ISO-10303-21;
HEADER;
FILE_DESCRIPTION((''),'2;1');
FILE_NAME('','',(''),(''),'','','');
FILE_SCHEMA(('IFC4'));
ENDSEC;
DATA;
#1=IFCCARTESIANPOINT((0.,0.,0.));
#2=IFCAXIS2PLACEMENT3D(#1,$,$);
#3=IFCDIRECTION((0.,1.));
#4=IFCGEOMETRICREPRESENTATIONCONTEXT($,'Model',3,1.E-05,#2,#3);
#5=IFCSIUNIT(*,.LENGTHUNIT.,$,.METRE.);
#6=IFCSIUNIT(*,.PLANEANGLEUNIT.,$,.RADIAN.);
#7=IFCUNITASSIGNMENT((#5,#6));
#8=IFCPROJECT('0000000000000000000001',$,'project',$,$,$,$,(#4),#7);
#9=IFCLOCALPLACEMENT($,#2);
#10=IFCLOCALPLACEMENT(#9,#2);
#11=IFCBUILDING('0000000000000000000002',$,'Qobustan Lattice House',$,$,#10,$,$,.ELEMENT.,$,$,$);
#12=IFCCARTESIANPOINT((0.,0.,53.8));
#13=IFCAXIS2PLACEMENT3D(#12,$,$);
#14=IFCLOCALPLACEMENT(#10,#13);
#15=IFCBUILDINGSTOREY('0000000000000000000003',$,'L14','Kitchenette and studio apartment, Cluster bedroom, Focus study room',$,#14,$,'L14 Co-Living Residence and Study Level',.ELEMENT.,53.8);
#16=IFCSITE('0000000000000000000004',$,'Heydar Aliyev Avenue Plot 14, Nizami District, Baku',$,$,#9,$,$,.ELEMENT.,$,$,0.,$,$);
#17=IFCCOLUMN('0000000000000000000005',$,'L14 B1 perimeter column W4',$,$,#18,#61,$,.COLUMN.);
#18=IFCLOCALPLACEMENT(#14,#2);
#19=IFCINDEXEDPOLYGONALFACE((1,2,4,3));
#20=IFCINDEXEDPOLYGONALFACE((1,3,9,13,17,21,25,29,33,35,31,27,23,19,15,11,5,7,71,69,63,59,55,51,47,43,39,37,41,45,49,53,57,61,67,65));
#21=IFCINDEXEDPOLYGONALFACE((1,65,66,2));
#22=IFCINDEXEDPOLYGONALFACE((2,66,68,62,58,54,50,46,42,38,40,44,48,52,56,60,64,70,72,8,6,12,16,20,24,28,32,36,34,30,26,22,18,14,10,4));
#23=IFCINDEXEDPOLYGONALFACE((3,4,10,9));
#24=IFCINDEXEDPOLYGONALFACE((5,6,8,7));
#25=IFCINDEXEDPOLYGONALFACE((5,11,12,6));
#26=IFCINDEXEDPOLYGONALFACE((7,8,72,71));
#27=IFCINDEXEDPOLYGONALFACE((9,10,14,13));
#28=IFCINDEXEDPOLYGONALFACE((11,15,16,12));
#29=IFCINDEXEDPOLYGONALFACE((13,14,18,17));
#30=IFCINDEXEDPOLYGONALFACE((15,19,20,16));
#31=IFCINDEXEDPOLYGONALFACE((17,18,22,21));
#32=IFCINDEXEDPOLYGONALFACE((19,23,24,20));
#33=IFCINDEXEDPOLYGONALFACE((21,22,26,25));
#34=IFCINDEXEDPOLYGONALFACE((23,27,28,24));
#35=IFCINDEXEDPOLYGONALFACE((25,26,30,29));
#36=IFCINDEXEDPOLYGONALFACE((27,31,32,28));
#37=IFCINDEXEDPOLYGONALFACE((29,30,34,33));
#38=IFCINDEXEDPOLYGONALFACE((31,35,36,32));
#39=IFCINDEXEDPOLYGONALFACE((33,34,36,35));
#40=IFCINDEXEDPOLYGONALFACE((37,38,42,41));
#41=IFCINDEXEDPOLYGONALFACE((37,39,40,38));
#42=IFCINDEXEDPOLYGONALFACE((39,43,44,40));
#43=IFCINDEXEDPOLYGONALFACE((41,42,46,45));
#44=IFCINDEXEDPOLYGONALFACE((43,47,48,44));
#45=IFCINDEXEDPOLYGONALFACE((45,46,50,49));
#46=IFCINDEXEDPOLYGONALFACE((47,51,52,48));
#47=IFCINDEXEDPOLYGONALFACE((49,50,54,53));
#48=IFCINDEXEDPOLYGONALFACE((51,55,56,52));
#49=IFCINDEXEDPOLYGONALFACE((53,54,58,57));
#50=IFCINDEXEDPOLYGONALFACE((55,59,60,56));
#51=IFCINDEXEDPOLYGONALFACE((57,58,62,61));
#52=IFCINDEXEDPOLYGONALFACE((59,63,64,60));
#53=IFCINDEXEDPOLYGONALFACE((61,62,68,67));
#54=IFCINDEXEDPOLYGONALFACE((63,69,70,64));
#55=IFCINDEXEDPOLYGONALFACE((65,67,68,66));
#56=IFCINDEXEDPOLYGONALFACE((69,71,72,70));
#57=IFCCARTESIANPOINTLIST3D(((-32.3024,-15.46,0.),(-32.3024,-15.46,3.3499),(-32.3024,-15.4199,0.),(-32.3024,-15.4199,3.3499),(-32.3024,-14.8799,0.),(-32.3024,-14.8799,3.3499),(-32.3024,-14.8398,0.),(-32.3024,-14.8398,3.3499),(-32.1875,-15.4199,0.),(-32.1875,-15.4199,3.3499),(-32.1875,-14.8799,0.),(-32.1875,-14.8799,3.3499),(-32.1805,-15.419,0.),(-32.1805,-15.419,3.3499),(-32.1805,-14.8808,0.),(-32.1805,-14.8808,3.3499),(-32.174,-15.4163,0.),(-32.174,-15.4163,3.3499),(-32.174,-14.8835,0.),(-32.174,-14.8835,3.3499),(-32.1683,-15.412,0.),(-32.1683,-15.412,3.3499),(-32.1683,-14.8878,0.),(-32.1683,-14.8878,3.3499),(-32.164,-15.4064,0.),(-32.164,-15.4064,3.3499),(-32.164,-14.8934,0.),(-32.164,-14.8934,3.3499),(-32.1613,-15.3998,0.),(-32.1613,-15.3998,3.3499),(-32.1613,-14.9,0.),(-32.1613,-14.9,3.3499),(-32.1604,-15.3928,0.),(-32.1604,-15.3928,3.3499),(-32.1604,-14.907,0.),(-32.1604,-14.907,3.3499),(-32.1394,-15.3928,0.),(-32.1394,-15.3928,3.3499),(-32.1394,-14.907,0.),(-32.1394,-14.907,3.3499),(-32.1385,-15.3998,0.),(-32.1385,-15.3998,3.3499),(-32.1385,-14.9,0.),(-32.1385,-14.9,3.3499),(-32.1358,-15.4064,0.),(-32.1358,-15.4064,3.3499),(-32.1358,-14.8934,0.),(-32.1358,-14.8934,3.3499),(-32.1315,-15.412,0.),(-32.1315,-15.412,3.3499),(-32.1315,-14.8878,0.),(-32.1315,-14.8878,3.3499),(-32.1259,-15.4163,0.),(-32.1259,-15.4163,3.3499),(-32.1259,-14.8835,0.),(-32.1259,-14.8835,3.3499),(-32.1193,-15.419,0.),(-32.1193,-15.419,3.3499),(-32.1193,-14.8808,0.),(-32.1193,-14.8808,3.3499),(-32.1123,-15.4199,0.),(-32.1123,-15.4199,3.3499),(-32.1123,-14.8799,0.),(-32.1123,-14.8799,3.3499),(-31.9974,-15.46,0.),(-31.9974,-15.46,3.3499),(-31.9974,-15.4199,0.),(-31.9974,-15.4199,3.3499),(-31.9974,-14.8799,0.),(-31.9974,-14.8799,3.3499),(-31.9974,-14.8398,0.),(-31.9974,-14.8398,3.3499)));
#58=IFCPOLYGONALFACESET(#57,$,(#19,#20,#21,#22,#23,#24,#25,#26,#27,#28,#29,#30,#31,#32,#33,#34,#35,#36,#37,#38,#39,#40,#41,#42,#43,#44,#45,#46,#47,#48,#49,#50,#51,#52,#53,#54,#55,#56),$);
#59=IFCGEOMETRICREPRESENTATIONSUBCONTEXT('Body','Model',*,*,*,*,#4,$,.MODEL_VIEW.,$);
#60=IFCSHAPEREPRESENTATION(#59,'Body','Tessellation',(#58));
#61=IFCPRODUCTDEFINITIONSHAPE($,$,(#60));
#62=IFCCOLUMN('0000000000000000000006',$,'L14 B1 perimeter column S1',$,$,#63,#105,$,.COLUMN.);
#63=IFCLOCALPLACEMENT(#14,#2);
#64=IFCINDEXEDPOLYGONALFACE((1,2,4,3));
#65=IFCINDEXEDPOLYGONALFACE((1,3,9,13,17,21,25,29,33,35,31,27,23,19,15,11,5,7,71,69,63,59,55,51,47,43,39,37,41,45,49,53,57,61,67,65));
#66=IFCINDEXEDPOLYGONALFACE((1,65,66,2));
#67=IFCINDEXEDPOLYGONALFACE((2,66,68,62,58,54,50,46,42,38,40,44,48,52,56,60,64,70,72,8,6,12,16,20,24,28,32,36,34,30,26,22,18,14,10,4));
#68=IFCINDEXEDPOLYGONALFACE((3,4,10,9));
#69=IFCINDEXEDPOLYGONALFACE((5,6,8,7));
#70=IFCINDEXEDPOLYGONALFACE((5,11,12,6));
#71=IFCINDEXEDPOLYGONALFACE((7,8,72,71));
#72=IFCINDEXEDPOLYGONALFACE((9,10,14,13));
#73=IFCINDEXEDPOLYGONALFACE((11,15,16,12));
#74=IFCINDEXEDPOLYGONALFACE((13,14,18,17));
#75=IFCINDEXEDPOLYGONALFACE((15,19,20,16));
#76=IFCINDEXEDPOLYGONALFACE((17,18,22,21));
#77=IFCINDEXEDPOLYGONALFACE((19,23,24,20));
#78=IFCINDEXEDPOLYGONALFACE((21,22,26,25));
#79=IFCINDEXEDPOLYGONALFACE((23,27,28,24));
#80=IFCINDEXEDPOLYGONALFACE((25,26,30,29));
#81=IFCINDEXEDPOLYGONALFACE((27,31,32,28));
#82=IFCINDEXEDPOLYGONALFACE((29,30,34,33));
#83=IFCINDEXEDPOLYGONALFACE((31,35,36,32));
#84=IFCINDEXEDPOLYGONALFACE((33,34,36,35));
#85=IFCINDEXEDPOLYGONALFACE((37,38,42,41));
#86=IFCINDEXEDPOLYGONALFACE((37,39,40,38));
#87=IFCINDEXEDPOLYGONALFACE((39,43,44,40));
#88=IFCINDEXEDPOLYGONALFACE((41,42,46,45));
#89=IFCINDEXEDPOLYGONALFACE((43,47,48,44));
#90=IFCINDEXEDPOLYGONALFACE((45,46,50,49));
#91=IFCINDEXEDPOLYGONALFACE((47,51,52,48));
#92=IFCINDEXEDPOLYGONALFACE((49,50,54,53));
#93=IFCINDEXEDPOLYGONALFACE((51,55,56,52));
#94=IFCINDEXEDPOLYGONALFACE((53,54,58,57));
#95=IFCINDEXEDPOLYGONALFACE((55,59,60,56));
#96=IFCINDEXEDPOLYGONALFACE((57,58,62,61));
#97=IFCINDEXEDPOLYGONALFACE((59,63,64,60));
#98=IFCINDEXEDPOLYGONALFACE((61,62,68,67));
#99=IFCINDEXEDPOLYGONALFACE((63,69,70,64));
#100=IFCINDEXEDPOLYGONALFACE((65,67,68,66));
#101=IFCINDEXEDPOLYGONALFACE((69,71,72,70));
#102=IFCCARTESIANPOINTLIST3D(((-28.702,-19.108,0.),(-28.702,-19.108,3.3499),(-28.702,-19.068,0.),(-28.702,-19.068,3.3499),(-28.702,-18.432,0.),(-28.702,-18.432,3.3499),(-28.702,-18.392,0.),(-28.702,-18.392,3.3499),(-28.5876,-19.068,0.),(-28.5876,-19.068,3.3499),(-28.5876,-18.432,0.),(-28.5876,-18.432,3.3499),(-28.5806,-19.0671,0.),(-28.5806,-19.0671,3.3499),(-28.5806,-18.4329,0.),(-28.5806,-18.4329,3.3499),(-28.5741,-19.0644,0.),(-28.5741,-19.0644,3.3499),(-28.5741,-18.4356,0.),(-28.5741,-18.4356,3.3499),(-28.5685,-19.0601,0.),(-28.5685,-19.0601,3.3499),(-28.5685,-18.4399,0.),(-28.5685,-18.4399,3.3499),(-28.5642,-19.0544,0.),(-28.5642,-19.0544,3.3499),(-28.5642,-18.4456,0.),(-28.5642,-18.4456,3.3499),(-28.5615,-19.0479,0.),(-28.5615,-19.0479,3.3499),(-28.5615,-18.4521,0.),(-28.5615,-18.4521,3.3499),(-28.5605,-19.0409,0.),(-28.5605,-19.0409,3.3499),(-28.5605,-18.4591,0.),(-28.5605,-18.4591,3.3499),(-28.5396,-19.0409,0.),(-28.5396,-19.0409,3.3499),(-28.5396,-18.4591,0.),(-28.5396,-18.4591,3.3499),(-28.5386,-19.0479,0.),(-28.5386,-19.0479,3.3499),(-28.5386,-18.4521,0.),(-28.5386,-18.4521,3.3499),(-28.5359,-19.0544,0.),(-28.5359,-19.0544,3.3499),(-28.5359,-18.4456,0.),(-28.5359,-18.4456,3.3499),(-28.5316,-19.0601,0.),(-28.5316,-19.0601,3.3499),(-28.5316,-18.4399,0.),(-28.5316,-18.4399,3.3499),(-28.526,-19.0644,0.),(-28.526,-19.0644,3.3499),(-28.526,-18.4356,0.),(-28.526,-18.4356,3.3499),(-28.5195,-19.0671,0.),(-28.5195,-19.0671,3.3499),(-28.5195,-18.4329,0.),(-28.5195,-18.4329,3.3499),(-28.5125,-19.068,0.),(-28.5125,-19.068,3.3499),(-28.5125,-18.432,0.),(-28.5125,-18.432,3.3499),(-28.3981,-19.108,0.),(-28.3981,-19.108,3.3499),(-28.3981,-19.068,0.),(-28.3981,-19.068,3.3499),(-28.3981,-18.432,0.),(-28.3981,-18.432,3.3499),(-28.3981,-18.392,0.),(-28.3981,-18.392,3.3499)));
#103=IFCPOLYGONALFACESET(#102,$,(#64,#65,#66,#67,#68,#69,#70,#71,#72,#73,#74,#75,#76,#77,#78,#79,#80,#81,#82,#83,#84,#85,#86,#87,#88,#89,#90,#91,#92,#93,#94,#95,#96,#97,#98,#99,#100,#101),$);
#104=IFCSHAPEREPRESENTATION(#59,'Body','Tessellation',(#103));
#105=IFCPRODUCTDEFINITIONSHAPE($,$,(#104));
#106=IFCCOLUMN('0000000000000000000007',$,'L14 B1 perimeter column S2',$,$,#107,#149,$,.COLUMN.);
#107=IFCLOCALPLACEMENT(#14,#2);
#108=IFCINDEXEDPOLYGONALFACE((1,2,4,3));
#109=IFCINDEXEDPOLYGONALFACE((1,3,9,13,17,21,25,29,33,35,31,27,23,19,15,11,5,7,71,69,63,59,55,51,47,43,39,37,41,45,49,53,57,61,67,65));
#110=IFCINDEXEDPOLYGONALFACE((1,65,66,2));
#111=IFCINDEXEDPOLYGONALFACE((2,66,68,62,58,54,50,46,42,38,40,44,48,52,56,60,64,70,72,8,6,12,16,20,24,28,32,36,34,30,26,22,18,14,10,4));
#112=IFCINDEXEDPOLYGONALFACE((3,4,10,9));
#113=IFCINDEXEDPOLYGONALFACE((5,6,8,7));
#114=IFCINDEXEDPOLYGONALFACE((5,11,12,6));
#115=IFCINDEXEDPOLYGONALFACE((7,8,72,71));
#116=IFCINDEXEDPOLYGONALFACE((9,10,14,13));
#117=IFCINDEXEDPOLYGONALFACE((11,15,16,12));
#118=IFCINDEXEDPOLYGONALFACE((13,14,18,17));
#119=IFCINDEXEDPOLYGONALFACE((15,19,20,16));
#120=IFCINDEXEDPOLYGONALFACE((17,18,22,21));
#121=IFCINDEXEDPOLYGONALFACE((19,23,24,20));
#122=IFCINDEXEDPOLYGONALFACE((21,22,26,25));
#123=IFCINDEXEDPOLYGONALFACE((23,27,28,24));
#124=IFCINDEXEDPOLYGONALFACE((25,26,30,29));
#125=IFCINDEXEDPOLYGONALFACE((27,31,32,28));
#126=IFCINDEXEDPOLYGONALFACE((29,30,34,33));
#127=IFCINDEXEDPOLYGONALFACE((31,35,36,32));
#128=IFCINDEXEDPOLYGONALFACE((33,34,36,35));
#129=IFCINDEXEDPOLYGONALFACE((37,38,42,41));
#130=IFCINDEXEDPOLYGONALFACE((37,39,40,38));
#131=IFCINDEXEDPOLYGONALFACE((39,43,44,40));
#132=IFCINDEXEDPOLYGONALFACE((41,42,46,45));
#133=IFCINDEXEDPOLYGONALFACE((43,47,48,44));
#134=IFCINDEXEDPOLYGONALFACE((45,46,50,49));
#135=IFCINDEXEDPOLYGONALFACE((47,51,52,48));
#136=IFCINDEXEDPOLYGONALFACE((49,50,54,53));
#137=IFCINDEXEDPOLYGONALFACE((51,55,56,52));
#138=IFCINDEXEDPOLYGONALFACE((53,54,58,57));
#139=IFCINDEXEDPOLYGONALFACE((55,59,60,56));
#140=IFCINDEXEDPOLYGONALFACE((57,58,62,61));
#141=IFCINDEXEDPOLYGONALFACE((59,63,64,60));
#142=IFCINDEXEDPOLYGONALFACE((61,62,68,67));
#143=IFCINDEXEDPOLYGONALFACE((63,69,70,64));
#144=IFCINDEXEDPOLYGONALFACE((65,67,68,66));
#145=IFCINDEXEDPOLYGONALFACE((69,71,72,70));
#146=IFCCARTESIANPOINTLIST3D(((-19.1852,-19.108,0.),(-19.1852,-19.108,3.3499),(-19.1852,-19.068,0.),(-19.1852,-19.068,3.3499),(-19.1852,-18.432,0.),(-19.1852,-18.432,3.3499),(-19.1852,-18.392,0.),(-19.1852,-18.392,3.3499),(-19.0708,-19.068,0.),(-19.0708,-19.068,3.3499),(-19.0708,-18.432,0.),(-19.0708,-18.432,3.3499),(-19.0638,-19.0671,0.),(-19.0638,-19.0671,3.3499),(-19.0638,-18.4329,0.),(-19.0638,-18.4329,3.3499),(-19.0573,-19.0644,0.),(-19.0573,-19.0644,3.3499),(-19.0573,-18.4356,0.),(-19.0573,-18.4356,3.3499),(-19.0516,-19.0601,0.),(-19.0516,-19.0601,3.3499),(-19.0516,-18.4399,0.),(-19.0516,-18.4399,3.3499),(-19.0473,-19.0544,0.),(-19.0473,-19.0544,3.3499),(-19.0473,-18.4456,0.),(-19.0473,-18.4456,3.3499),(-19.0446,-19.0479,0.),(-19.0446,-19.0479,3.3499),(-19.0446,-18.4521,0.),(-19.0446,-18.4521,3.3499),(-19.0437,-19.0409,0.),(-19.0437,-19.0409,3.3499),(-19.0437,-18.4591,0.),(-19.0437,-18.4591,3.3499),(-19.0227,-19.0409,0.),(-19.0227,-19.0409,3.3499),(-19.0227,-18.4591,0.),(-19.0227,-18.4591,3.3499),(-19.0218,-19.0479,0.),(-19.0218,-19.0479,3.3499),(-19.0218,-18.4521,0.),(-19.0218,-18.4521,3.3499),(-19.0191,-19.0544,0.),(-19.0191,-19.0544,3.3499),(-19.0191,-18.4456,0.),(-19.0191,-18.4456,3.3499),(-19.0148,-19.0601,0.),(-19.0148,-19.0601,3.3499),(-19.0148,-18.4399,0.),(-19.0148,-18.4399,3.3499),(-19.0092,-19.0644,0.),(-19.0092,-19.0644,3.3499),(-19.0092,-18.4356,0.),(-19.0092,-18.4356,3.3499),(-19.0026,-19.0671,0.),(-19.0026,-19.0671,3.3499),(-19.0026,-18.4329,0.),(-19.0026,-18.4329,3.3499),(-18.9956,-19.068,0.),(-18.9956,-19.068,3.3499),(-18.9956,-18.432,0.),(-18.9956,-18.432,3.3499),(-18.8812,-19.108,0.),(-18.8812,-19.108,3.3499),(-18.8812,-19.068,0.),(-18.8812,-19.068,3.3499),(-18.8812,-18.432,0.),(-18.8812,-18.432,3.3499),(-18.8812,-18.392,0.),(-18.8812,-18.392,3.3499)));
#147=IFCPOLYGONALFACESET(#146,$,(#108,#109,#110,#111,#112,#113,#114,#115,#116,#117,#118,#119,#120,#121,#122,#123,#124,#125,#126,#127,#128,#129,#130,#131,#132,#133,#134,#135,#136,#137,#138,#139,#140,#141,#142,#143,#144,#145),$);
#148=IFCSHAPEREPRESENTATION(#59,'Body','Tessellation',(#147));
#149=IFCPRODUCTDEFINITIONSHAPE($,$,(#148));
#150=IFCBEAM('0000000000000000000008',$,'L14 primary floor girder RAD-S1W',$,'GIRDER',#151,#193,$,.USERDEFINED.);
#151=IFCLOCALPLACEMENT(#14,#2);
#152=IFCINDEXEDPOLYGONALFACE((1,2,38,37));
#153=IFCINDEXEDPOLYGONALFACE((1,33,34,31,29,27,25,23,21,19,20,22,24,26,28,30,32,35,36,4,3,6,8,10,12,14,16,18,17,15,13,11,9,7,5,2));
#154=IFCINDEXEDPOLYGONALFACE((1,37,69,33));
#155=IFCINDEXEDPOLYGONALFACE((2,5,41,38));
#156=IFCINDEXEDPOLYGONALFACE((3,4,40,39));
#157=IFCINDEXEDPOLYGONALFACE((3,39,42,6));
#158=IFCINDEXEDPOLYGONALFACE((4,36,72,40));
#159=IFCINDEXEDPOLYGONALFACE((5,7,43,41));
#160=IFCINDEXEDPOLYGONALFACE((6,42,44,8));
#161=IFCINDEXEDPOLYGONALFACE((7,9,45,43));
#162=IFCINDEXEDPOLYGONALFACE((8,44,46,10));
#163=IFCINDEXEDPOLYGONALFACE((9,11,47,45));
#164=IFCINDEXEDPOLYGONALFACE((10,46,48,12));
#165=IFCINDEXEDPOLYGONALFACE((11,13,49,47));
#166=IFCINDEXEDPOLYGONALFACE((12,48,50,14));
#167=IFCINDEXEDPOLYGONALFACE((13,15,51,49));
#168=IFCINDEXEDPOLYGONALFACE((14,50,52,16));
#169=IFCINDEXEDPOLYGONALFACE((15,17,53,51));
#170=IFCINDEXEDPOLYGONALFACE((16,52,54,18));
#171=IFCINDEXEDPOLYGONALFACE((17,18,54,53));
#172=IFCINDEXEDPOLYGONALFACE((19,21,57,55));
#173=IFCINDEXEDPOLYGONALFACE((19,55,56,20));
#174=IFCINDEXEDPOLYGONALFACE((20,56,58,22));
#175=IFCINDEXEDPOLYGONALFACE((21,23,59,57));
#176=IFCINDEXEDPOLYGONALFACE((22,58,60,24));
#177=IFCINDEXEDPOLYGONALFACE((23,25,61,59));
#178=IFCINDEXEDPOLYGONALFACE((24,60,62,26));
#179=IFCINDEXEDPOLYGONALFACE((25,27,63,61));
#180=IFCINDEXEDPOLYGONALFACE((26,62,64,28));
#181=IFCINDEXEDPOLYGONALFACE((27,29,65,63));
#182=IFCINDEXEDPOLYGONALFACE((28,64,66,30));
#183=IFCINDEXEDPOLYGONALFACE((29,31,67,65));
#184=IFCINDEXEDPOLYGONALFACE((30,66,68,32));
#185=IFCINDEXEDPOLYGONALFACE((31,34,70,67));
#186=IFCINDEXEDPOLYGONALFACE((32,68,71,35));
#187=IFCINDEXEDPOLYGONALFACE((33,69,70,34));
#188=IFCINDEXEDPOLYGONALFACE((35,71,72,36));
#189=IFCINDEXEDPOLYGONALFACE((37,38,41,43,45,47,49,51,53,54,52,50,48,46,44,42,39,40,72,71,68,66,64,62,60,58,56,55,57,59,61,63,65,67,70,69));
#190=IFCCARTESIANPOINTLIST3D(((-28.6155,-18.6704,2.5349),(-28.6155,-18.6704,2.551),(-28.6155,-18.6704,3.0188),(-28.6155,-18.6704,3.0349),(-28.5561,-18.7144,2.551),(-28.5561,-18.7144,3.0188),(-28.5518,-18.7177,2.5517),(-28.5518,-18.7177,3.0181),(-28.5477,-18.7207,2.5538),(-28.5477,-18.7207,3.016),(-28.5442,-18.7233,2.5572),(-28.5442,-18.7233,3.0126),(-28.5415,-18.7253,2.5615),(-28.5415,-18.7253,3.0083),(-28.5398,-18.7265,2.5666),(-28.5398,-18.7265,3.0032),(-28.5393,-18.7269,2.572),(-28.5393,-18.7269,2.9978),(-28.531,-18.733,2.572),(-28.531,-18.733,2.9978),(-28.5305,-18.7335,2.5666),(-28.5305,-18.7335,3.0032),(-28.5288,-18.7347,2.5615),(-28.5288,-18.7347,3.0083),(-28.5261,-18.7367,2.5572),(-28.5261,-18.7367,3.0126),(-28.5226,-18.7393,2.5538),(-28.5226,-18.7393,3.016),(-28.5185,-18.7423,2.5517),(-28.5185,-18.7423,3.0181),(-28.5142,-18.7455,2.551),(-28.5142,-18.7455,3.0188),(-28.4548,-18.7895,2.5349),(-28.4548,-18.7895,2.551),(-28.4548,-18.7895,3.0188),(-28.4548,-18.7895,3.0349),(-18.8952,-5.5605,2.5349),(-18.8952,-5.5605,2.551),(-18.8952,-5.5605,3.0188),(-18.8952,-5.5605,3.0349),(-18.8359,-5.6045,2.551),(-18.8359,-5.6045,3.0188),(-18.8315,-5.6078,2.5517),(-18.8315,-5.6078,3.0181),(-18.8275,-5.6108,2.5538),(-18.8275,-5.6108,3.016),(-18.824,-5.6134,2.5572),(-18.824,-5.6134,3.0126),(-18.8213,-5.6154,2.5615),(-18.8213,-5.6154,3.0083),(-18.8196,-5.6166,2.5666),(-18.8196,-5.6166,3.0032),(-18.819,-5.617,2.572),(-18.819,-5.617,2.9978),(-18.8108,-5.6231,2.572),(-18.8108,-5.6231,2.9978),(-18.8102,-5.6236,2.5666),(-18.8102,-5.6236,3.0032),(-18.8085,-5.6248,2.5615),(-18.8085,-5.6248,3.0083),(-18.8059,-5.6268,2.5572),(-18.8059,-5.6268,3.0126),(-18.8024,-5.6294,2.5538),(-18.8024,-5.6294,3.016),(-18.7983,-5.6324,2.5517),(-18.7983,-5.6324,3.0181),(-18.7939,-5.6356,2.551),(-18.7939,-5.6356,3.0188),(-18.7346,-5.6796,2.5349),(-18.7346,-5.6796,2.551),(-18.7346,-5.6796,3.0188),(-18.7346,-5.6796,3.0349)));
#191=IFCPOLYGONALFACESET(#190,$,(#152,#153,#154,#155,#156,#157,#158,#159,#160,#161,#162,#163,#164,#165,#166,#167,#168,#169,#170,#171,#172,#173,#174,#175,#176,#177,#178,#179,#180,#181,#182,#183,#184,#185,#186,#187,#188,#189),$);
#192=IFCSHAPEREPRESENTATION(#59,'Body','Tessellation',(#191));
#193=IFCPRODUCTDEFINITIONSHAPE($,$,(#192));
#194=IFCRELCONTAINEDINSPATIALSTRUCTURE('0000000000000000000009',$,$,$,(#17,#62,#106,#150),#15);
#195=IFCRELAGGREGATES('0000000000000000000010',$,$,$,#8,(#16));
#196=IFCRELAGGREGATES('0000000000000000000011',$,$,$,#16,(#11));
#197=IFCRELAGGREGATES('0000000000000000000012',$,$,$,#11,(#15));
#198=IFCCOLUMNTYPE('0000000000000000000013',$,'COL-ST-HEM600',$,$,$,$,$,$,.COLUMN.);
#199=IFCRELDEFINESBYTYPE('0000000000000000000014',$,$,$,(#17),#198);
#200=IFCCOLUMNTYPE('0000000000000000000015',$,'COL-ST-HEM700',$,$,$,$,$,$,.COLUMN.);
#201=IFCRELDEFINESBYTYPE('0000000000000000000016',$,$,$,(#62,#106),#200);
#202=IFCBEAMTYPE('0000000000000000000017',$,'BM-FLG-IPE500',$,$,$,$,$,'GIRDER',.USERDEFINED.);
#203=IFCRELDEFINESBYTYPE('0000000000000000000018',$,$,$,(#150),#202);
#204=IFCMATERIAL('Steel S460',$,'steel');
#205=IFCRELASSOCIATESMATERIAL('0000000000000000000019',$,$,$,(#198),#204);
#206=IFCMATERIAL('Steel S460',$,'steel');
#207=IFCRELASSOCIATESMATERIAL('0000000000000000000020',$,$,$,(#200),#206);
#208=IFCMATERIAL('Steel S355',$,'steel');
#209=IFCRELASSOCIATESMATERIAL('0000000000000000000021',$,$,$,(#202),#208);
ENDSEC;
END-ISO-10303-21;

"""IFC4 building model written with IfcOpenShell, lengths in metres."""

from ifc_helpers import new_model, si_unit, direction, frame, origin, origin_2d, place, context, subcontext, project, spatial, i_section, extrude, material, material_profile, profile_set, type_object, element, save


model = new_model("IFC4")

# Units and contexts
model_context = context("Model", 3, precision=1e-05, world=origin(), true_north=direction((0.0, 1.0)))
body_context = subcontext(model_context, "Body", "Model", "MODEL_VIEW")
ifc_project = project(units=[si_unit("LENGTHUNIT", "METRE"), si_unit("PLANEANGLEUNIT", "RADIAN")], contexts=[model_context])

# Site, building, storey
site_placement = place(None, origin())
site = spatial("IfcSite", under=ifc_project, at=site_placement, Name="Heydar Aliyev Avenue Plot 14, Nizami District, Baku", CompositionType="ELEMENT", RefElevation=0.0)
building_placement = place(site_placement, origin())
building = spatial("IfcBuilding", under=site, at=building_placement, Name="Qobustan Lattice House", CompositionType="ELEMENT")
storey_placement = place(building_placement, frame((0.0, 0.0, 53.8)))
storey = spatial("IfcBuildingStorey", under=building, at=storey_placement, Name="L14", Description="Kitchenette and studio apartment, Cluster bedroom, Focus study room", LongName="L14 Co-Living Residence and Study Level", CompositionType="ELEMENT", Elevation=53.8)

# Columns
ifc_material_1 = material(Name="Steel S460", Category="steel")
ifc_material_profile_1 = material_profile(ifc_material_1, i_section(OverallWidth=0.3049, OverallDepth=0.6201, WebThickness=0.021, FlangeThickness=0.04, FilletRadius=0.0271, at=origin_2d()), Name="HEM600")
ifc_profile_set_1 = profile_set([ifc_material_profile_1], Name="Steel S460")
column_type_1 = type_object("IfcColumnType", Name="COL-ST-HEM600", PredefinedType="COLUMN", material=ifc_profile_set_1)
column_placement = place(storey_placement, frame((-32.1499, -15.1499, 0.0), z_axis=(0.0, 0.0, 1.0), x_axis=(1.0, 0.0, 0.0)))
element("IfcColumn", 1, at=column_placement, inside=storey, type_object=column_type_1, Name="L14 B1 perimeter column W4", PredefinedType="COLUMN", context=body_context, shape_type="SweptSolid", body=[
    extrude(i_section(OverallWidth=0.3049, OverallDepth=0.6201, WebThickness=0.021, FlangeThickness=0.04, FilletRadius=0.0271, at=origin_2d()), origin(), (0.0, 0.0, 1.0), 3.3499),
])
ifc_material_2 = material(Name="Steel S460", Category="steel")
ifc_material_profile_2 = material_profile(ifc_material_2, i_section(OverallWidth=0.304, OverallDepth=0.7161, WebThickness=0.021, FlangeThickness=0.04, FilletRadius=0.0271, at=origin_2d()), Name="HEM700")
ifc_profile_set_2 = profile_set([ifc_material_profile_2], Name="Steel S460")
column_type_2 = type_object("IfcColumnType", Name="COL-ST-HEM700", PredefinedType="COLUMN", material=ifc_profile_set_2)
for number, where, z_axis, x_axis, name in (
    (2, (-28.55, -18.75, 0.0), (0.0, 0.0, 1.0), (1.0, 0.0, 0.0), "L14 B1 perimeter column S1"),
    (3, (-19.0332, -18.75, 0.0), (0.0, 0.0, 1.0), (1.0, 0.0, 0.0), "L14 B1 perimeter column S2"),
):
    element("IfcColumn", number, at=place(storey_placement, frame(where, z_axis=z_axis, x_axis=x_axis)), inside=storey, type_object=column_type_2, Name=name, PredefinedType="COLUMN", context=body_context, shape_type="SweptSolid", body=[
        extrude(i_section(OverallWidth=0.304, OverallDepth=0.7161, WebThickness=0.021, FlangeThickness=0.04, FilletRadius=0.0271, at=origin_2d()), origin(), (0.0, 0.0, 1.0), 3.3499),
    ])

# Beam
ifc_material_3 = material(Name="Steel S355", Category="steel")
ifc_material_profile_3 = material_profile(ifc_material_3, i_section(OverallWidth=0.2, OverallDepth=0.5, WebThickness=0.0103, FlangeThickness=0.0161, FilletRadius=0.021, at=origin_2d()), Name="IPE500")
ifc_profile_set_3 = profile_set([ifc_material_profile_3], Name="Steel S355")
beam_type_1 = type_object("IfcBeamType", Name="BM-FLG-IPE500", ElementType="GIRDER", PredefinedType="USERDEFINED", material=ifc_profile_set_3)
beam_1_placement = place(storey_placement, frame((-28.5352, -18.73, 2.7849), z_axis=(0.595592, 0.803287, 0.0), x_axis=(-0.803287, 0.595592, 0.0)))
element("IfcBeam", 4, at=beam_1_placement, inside=storey, type_object=beam_type_1, Name="L14 primary floor girder RAD-S1W", ObjectType="GIRDER", PredefinedType="USERDEFINED", context=body_context, shape_type="SweptSolid", body=[
    extrude(i_section(OverallWidth=0.2, OverallDepth=0.5, WebThickness=0.0103, FlangeThickness=0.0161, FilletRadius=0.021, at=origin_2d()), origin(), (0.0, 0.0, 1.0), 16.3203),
])

save(model, "model.ifc")
